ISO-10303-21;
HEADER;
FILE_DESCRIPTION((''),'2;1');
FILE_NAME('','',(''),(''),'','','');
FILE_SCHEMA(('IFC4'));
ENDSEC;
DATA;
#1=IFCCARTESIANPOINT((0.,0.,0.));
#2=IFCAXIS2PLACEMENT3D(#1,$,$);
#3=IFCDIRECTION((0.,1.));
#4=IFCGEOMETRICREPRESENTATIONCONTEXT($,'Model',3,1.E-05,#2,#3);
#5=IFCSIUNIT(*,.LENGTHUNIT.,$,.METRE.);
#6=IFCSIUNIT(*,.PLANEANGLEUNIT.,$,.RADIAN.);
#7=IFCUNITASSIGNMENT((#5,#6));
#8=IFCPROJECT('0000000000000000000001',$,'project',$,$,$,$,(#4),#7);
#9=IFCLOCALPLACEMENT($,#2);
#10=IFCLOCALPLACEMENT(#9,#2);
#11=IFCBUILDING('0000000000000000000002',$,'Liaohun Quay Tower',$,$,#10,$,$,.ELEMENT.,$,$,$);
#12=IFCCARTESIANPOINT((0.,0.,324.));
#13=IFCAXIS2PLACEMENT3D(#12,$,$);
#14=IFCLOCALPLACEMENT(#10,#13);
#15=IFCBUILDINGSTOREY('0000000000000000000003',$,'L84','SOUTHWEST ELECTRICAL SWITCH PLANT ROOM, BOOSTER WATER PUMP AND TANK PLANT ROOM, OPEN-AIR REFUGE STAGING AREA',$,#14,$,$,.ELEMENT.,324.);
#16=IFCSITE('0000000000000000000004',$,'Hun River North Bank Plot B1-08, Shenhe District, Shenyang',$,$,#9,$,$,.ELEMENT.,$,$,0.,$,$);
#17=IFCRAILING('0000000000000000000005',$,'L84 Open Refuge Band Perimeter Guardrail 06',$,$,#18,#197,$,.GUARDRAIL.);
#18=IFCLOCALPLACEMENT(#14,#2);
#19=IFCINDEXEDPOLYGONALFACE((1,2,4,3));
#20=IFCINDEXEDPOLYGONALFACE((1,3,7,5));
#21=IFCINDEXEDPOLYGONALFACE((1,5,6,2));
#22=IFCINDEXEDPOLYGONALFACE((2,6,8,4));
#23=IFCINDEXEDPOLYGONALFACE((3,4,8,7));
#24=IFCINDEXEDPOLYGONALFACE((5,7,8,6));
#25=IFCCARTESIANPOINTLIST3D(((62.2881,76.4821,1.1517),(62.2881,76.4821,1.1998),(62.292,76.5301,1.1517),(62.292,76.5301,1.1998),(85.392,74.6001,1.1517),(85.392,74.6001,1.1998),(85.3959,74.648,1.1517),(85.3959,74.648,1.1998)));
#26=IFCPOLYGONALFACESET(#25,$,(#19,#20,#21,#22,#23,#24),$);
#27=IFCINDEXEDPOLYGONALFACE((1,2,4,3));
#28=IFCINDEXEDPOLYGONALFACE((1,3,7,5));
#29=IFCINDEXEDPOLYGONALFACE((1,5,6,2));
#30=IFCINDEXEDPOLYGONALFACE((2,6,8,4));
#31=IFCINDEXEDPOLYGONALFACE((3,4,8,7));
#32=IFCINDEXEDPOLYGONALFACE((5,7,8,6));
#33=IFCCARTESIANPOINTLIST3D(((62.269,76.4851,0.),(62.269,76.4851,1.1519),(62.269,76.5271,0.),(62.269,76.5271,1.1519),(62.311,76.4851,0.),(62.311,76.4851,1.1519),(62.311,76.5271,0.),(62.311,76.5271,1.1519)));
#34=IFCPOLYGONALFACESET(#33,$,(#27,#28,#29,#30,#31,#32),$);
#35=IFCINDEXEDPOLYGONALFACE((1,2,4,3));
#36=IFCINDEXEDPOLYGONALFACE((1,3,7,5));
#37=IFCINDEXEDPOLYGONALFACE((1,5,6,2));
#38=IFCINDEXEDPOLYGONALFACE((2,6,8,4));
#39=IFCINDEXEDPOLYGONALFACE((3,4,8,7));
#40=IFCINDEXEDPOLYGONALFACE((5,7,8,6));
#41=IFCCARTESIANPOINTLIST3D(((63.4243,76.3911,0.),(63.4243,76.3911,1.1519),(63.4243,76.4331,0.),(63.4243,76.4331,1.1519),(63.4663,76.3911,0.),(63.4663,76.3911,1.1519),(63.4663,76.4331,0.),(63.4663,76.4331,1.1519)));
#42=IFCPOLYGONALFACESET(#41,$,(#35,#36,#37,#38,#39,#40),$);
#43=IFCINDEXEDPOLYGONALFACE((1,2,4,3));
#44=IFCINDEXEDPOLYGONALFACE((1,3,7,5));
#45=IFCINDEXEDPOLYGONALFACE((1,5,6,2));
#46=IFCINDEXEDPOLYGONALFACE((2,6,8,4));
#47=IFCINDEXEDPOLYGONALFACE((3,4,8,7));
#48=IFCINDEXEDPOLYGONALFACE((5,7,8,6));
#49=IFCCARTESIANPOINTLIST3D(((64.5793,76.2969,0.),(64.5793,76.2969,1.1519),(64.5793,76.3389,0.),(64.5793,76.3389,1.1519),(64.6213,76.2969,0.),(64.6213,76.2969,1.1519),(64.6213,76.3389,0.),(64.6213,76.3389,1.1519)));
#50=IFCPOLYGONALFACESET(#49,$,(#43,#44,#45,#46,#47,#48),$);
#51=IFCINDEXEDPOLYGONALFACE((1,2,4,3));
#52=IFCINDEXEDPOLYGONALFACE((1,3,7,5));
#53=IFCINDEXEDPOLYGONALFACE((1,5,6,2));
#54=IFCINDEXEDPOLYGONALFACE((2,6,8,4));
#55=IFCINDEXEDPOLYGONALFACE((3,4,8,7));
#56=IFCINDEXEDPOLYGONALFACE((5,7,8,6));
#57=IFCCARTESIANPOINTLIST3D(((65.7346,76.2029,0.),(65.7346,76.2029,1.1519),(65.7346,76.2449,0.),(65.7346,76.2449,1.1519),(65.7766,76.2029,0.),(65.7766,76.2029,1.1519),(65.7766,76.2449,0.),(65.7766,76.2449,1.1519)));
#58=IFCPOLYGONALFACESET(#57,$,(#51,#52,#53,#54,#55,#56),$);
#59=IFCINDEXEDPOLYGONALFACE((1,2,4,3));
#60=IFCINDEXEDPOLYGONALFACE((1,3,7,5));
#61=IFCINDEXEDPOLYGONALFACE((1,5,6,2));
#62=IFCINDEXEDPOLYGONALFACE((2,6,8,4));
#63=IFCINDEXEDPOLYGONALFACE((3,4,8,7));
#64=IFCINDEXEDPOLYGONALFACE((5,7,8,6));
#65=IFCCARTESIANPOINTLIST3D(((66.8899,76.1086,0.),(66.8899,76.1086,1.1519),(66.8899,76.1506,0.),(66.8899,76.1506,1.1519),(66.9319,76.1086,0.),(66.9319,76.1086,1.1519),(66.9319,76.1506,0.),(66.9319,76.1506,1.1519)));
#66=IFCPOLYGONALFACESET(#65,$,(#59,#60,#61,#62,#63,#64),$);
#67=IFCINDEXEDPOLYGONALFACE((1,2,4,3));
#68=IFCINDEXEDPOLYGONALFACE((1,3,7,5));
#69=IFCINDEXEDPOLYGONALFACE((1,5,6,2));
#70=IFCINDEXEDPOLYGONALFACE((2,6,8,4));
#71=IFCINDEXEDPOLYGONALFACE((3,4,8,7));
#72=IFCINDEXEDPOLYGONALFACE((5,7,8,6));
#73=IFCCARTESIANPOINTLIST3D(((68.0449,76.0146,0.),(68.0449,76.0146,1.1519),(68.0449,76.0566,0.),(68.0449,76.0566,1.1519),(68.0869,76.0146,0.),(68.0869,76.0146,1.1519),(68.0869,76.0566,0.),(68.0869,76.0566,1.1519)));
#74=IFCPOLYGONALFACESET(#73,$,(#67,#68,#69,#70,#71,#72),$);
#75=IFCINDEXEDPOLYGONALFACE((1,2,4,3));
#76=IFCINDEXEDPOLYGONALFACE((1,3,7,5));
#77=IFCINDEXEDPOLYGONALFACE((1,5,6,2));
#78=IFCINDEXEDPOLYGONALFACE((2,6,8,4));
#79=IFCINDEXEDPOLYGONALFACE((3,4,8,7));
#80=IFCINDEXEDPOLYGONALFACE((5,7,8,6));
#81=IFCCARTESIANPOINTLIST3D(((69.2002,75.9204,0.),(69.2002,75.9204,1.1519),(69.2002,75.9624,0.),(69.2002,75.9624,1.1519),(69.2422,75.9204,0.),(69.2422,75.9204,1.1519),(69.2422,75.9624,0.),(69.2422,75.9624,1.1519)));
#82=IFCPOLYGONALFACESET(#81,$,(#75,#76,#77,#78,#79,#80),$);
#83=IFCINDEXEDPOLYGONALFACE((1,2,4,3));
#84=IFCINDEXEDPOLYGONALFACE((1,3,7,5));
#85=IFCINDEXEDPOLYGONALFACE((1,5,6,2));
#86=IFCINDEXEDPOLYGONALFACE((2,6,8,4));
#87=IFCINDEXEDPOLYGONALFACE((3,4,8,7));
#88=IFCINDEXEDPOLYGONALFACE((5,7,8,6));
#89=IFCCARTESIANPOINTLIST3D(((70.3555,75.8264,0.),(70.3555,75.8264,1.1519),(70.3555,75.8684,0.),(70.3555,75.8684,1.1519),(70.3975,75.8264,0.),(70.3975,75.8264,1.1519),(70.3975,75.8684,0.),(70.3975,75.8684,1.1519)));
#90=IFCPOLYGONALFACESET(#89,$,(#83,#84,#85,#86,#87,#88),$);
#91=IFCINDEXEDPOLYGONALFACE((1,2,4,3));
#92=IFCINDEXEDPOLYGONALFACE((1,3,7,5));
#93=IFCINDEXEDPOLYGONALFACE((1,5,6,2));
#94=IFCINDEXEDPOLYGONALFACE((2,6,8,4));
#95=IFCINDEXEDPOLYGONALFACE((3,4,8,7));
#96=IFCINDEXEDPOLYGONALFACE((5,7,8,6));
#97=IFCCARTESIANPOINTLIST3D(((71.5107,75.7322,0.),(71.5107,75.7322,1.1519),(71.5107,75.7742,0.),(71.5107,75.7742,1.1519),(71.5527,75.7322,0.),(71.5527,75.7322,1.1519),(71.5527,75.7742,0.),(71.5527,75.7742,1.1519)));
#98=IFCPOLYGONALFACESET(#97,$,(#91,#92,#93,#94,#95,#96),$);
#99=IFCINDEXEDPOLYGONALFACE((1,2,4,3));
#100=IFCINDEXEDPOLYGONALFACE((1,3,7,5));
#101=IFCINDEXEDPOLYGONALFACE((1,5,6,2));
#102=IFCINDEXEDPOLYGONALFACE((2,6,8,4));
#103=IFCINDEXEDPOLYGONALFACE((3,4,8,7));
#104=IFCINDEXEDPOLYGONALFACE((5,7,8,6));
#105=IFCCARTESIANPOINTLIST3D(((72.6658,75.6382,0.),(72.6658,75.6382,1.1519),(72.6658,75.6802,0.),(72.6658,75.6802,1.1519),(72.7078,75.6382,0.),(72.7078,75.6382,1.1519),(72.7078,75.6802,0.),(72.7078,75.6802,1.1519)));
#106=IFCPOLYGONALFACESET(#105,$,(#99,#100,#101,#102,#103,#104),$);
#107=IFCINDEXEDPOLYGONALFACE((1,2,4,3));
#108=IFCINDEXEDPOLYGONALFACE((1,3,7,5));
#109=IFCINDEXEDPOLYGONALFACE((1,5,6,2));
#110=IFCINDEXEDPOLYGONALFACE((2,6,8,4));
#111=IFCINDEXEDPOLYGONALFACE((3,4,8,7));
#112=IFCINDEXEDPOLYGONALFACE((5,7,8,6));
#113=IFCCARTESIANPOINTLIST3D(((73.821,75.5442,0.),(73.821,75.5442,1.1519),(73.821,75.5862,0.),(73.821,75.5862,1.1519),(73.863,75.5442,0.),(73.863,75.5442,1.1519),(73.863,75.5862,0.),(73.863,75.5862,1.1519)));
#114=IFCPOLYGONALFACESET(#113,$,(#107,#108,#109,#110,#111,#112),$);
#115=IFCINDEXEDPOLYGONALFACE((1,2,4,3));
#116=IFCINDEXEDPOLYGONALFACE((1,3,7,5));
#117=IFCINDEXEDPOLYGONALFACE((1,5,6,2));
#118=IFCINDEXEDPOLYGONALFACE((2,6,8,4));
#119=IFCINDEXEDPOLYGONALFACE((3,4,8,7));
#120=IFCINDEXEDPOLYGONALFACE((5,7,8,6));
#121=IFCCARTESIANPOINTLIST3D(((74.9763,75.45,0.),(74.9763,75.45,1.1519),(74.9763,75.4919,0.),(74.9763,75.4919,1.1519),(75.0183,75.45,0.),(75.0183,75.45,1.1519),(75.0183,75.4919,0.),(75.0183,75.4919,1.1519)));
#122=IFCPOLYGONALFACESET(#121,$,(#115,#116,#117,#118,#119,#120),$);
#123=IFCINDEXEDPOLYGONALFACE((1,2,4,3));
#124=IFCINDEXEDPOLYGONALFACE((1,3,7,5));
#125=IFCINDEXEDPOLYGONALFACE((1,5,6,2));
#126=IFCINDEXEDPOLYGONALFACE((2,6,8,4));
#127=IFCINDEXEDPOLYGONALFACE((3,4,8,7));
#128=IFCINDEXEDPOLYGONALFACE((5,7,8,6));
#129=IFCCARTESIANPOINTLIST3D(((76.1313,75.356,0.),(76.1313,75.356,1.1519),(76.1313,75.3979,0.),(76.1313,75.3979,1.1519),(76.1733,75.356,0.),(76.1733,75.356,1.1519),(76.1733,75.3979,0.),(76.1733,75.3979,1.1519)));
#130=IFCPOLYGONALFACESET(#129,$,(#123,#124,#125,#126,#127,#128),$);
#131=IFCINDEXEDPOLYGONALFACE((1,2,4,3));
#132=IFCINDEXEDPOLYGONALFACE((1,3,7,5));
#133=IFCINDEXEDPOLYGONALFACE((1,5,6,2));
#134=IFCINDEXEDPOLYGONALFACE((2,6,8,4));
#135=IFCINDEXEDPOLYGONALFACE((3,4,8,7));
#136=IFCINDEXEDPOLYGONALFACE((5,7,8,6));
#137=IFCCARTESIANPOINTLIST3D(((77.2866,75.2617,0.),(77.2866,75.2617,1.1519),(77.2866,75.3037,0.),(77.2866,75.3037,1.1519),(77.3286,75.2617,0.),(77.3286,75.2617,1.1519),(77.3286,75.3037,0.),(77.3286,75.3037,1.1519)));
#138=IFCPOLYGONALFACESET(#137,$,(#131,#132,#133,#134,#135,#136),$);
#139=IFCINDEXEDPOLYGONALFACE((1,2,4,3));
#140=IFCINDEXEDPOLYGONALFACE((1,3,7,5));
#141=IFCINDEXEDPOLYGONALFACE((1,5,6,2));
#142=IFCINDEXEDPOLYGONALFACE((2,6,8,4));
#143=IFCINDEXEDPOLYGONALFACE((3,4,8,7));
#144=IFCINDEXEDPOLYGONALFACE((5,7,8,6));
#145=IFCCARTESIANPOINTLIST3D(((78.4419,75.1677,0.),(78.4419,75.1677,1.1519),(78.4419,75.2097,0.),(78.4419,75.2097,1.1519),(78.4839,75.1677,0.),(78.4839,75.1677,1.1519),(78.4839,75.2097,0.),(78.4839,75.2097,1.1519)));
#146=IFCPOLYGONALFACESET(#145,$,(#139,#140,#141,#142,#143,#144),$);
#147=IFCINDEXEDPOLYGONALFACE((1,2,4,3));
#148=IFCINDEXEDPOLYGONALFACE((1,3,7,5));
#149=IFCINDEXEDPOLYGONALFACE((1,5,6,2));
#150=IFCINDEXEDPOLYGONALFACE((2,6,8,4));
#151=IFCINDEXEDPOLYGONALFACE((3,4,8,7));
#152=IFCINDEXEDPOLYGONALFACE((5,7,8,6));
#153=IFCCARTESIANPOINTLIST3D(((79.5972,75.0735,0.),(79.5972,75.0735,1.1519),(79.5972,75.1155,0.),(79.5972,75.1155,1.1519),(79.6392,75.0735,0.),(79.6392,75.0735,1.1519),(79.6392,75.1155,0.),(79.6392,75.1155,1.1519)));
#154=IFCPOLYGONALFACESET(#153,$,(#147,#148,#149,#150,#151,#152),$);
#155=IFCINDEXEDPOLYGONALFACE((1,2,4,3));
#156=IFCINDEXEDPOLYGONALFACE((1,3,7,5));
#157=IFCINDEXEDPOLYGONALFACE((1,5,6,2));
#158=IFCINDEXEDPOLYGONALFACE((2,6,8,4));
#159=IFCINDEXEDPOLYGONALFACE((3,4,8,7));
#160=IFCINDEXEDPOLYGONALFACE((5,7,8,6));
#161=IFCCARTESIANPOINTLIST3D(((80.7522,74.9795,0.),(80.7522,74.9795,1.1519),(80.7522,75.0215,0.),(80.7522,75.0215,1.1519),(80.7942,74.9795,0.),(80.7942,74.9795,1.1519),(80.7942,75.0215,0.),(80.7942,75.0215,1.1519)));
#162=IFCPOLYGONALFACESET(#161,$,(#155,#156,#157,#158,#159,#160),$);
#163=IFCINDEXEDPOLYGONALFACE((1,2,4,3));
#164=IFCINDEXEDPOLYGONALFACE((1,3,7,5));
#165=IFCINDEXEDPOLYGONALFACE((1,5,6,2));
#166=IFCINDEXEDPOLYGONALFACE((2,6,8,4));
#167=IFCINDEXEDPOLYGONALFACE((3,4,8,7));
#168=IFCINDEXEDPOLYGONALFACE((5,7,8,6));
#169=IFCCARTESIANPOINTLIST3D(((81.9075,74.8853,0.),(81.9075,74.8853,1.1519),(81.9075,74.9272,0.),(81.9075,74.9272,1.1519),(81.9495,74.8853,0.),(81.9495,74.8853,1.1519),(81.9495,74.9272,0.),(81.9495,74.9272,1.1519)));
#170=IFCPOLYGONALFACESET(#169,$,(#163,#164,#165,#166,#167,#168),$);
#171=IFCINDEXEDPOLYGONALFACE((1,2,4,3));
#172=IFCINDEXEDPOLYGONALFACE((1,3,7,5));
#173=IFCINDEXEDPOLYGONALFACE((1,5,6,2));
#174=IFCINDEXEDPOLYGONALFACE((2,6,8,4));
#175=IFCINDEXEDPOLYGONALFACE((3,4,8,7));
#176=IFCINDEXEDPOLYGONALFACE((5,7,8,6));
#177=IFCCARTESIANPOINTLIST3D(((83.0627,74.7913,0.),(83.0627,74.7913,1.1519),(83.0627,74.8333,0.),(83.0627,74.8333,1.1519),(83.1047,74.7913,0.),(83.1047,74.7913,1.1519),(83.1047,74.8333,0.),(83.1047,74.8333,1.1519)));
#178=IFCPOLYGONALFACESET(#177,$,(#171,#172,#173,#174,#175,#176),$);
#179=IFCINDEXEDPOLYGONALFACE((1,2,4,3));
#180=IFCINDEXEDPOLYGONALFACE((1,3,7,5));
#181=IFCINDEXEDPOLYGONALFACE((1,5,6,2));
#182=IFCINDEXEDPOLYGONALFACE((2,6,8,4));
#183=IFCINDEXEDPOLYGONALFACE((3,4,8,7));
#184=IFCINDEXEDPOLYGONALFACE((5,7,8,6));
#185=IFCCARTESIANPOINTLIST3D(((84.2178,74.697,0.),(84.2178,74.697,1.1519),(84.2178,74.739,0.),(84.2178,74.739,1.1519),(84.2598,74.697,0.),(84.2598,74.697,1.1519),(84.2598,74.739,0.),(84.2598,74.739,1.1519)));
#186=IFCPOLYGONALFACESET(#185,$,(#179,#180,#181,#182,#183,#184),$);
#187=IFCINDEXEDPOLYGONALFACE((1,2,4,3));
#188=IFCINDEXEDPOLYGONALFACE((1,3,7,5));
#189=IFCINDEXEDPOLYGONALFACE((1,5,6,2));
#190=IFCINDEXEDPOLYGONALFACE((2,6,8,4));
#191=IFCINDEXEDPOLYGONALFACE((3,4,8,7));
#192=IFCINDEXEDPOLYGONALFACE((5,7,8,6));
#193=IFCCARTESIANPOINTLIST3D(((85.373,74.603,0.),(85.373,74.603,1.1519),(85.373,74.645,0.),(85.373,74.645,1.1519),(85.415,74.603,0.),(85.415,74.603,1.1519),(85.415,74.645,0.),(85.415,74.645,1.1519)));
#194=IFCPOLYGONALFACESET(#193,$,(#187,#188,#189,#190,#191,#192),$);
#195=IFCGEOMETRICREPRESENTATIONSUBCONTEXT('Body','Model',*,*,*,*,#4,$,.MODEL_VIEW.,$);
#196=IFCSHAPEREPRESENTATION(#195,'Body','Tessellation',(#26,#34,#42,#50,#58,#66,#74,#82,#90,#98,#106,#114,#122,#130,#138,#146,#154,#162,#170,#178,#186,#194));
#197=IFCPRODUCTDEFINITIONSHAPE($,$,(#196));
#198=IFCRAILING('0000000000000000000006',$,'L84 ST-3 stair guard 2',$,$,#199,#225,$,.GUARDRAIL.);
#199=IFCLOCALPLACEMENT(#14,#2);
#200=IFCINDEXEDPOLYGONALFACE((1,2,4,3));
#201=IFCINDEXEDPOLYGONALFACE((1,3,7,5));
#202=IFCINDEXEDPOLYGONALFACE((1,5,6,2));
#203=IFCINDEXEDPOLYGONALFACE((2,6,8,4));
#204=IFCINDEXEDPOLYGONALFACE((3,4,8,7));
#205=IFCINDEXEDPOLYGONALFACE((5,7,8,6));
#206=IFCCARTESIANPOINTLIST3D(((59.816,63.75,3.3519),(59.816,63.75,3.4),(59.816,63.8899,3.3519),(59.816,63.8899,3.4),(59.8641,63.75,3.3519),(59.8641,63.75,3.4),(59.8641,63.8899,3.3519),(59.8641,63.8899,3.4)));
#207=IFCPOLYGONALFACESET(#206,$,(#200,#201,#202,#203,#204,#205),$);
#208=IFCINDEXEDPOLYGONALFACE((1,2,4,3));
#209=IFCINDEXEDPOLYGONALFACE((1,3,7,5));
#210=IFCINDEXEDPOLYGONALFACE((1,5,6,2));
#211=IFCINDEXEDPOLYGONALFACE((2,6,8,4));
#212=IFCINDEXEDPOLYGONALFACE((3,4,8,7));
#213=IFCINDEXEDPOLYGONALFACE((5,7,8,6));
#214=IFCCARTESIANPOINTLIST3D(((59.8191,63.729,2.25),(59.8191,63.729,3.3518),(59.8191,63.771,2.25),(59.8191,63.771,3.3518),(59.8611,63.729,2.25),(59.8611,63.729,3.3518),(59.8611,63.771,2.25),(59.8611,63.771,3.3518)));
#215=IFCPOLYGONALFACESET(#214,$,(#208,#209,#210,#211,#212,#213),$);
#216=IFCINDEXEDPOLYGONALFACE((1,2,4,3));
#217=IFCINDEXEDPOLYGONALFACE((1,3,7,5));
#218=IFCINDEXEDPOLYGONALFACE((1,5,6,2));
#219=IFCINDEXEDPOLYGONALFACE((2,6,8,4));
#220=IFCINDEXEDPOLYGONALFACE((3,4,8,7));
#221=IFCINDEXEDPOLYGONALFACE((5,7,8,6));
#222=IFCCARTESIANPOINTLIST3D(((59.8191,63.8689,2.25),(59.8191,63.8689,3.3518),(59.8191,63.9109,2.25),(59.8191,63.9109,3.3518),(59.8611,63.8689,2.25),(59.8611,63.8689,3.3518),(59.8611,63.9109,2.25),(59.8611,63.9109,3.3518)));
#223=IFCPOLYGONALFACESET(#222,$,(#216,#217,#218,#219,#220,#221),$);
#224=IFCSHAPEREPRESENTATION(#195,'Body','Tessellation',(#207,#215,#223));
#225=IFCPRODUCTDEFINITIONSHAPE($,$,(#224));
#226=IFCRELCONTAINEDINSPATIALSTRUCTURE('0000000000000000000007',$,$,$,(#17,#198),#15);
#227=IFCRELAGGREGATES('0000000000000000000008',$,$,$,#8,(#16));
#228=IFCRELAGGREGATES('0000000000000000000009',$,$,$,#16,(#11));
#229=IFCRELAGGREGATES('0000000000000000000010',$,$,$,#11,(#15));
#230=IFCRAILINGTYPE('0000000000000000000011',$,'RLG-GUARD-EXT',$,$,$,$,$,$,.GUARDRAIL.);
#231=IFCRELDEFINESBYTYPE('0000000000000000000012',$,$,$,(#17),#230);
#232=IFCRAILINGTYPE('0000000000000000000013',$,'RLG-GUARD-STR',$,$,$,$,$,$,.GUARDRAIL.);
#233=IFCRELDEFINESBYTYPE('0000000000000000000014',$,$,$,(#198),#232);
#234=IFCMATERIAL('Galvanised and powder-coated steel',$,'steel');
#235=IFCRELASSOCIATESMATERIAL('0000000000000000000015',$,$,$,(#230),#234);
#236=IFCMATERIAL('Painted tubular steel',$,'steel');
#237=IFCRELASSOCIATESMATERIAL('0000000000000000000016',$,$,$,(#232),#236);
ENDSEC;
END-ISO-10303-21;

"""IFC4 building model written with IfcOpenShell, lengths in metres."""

from ifc_helpers import new_model, si_unit, direction, frame, origin, origin_2d, place, context, subcontext, project, spatial, rectangle, extrude, material, type_object, element, save


model = new_model("IFC4")

# Units and contexts
model_context = context("Model", 3, precision=1e-05, world=origin(), true_north=direction((0.0, 1.0)))
body_context = subcontext(model_context, "Body", "Model", "MODEL_VIEW")
ifc_project = project(units=[si_unit("LENGTHUNIT", "METRE"), si_unit("PLANEANGLEUNIT", "RADIAN")], contexts=[model_context])

# Site, building, storey
site_placement = place(None, origin())
site = spatial("IfcSite", under=ifc_project, at=site_placement, Name="Hun River North Bank Plot B1-08, Shenhe District, Shenyang", CompositionType="ELEMENT", RefElevation=0.0)
building_placement = place(site_placement, origin())
building = spatial("IfcBuilding", under=site, at=building_placement, Name="Liaohun Quay Tower", CompositionType="ELEMENT")
storey_placement = place(building_placement, frame((0.0, 0.0, 324.0)))
storey = spatial("IfcBuildingStorey", under=building, at=storey_placement, Name="L84", Description="SOUTHWEST ELECTRICAL SWITCH PLANT ROOM, BOOSTER WATER PUMP AND TANK PLANT ROOM, OPEN-AIR REFUGE STAGING AREA", CompositionType="ELEMENT", Elevation=324.0)

# Railings
ifc_material_1 = material(Name="Galvanised and powder-coated steel", Category="steel")
railing_type_1 = type_object("IfcRailingType", Name="RLG-GUARD-EXT", PredefinedType="GUARDRAIL", material=ifc_material_1)
railing_1_placement = place(storey_placement, frame((62.29, 76.5061, 0.0)))
element("IfcRailing", 1, at=railing_1_placement, inside=storey, type_object=railing_type_1, Name="L84 Open Refuge Band Perimeter Guardrail 06", PredefinedType="GUARDRAIL", context=body_context, shape_type="SweptSolid", body=[
    extrude(rectangle(XDim=0.0481, YDim=0.0481, at=origin_2d()), frame((0.0, 0.0, 1.1758), z_axis=(0.996698, -0.081192, 0.0), x_axis=(0.081192, 0.996698, 0.0)), (0.0, 0.0, 1.0), 23.1804),
    extrude(rectangle(XDim=0.042, YDim=0.042, at=origin_2d()), origin(), (0.0, 0.0, 1.0), 1.1519),
    extrude(rectangle(XDim=0.042, YDim=0.042, at=origin_2d()), frame((1.1553, -0.094, 0.0)), (0.0, 0.0, 1.0), 1.1519),
    extrude(rectangle(XDim=0.042, YDim=0.042, at=origin_2d()), frame((2.3103, -0.1882, 0.0)), (0.0, 0.0, 1.0), 1.1519),
    extrude(rectangle(XDim=0.042, YDim=0.042, at=origin_2d()), frame((3.4656, -0.2822, 0.0)), (0.0, 0.0, 1.0), 1.1519),
    extrude(rectangle(XDim=0.042, YDim=0.042, at=origin_2d()), frame((4.6208, -0.3765, 0.0)), (0.0, 0.0, 1.0), 1.1519),
    extrude(rectangle(XDim=0.042, YDim=0.042, at=origin_2d()), frame((5.7759, -0.4705, 0.0)), (0.0, 0.0, 1.0), 1.1519),
    extrude(rectangle(XDim=0.042, YDim=0.042, at=origin_2d()), frame((6.9312, -0.5647, 0.0)), (0.0, 0.0, 1.0), 1.1519),
    extrude(rectangle(XDim=0.042, YDim=0.042, at=origin_2d()), frame((8.0864, -0.6587, 0.0)), (0.0, 0.0, 1.0), 1.1519),
    extrude(rectangle(XDim=0.042, YDim=0.042, at=origin_2d()), frame((9.2417, -0.7529, 0.0)), (0.0, 0.0, 1.0), 1.1519),
    extrude(rectangle(XDim=0.042, YDim=0.042, at=origin_2d()), frame((10.3967, -0.8469, 0.0)), (0.0, 0.0, 1.0), 1.1519),
    extrude(rectangle(XDim=0.042, YDim=0.042, at=origin_2d()), frame((11.552, -0.9409, 0.0)), (0.0, 0.0, 1.0), 1.1519),
    extrude(rectangle(XDim=0.042, YDim=0.042, at=origin_2d()), frame((12.7073, -1.0352, 0.0)), (0.0, 0.0, 1.0), 1.1519),
    extrude(rectangle(XDim=0.042, YDim=0.042, at=origin_2d()), frame((13.8623, -1.1292, 0.0)), (0.0, 0.0, 1.0), 1.1519),
    extrude(rectangle(XDim=0.042, YDim=0.042, at=origin_2d()), frame((15.0176, -1.2234, 0.0)), (0.0, 0.0, 1.0), 1.1519),
    extrude(rectangle(XDim=0.042, YDim=0.042, at=origin_2d()), frame((16.1729, -1.3174, 0.0)), (0.0, 0.0, 1.0), 1.1519),
    extrude(rectangle(XDim=0.042, YDim=0.042, at=origin_2d()), frame((17.3281, -1.4116, 0.0)), (0.0, 0.0, 1.0), 1.1519),
    extrude(rectangle(XDim=0.042, YDim=0.042, at=origin_2d()), frame((18.4832, -1.5056, 0.0)), (0.0, 0.0, 1.0), 1.1519),
    extrude(rectangle(XDim=0.042, YDim=0.042, at=origin_2d()), frame((19.6384, -1.5999, 0.0)), (0.0, 0.0, 1.0), 1.1519),
    extrude(rectangle(XDim=0.042, YDim=0.042, at=origin_2d()), frame((20.7937, -1.6938, 0.0)), (0.0, 0.0, 1.0), 1.1519),
    extrude(rectangle(XDim=0.042, YDim=0.042, at=origin_2d()), frame((21.9487, -1.7881, 0.0)), (0.0, 0.0, 1.0), 1.1519),
    extrude(rectangle(XDim=0.042, YDim=0.042, at=origin_2d()), frame((23.104, -1.8821, 0.0)), (0.0, 0.0, 1.0), 1.1519),
])
ifc_material_2 = material(Name="Painted tubular steel", Category="steel")
railing_type_2 = type_object("IfcRailingType", Name="RLG-GUARD-STR", PredefinedType="GUARDRAIL", material=ifc_material_2)
railing_2_placement = place(storey_placement, frame((59.8401, 63.75, 2.25)))
element("IfcRailing", 2, at=railing_2_placement, inside=storey, type_object=railing_type_2, Name="L84 ST-3 stair guard 2", PredefinedType="GUARDRAIL", context=body_context, shape_type="SweptSolid", body=[
    extrude(rectangle(XDim=0.0481, YDim=0.0481, at=origin_2d()), frame((0.0, 0.0, 1.126), z_axis=(0.0, 1.0, 0.0), x_axis=(-1.0, 0.0, 0.0)), (0.0, 0.0, 1.0), 0.1399),
    extrude(rectangle(XDim=0.042, YDim=0.042, at=origin_2d()), origin(), (0.0, 0.0, 1.0), 1.1018),
    extrude(rectangle(XDim=0.042, YDim=0.042, at=origin_2d()), frame((0.0, 0.1399, 0.0)), (0.0, 0.0, 1.0), 1.1018),
])

save(model, "model.ifc")
